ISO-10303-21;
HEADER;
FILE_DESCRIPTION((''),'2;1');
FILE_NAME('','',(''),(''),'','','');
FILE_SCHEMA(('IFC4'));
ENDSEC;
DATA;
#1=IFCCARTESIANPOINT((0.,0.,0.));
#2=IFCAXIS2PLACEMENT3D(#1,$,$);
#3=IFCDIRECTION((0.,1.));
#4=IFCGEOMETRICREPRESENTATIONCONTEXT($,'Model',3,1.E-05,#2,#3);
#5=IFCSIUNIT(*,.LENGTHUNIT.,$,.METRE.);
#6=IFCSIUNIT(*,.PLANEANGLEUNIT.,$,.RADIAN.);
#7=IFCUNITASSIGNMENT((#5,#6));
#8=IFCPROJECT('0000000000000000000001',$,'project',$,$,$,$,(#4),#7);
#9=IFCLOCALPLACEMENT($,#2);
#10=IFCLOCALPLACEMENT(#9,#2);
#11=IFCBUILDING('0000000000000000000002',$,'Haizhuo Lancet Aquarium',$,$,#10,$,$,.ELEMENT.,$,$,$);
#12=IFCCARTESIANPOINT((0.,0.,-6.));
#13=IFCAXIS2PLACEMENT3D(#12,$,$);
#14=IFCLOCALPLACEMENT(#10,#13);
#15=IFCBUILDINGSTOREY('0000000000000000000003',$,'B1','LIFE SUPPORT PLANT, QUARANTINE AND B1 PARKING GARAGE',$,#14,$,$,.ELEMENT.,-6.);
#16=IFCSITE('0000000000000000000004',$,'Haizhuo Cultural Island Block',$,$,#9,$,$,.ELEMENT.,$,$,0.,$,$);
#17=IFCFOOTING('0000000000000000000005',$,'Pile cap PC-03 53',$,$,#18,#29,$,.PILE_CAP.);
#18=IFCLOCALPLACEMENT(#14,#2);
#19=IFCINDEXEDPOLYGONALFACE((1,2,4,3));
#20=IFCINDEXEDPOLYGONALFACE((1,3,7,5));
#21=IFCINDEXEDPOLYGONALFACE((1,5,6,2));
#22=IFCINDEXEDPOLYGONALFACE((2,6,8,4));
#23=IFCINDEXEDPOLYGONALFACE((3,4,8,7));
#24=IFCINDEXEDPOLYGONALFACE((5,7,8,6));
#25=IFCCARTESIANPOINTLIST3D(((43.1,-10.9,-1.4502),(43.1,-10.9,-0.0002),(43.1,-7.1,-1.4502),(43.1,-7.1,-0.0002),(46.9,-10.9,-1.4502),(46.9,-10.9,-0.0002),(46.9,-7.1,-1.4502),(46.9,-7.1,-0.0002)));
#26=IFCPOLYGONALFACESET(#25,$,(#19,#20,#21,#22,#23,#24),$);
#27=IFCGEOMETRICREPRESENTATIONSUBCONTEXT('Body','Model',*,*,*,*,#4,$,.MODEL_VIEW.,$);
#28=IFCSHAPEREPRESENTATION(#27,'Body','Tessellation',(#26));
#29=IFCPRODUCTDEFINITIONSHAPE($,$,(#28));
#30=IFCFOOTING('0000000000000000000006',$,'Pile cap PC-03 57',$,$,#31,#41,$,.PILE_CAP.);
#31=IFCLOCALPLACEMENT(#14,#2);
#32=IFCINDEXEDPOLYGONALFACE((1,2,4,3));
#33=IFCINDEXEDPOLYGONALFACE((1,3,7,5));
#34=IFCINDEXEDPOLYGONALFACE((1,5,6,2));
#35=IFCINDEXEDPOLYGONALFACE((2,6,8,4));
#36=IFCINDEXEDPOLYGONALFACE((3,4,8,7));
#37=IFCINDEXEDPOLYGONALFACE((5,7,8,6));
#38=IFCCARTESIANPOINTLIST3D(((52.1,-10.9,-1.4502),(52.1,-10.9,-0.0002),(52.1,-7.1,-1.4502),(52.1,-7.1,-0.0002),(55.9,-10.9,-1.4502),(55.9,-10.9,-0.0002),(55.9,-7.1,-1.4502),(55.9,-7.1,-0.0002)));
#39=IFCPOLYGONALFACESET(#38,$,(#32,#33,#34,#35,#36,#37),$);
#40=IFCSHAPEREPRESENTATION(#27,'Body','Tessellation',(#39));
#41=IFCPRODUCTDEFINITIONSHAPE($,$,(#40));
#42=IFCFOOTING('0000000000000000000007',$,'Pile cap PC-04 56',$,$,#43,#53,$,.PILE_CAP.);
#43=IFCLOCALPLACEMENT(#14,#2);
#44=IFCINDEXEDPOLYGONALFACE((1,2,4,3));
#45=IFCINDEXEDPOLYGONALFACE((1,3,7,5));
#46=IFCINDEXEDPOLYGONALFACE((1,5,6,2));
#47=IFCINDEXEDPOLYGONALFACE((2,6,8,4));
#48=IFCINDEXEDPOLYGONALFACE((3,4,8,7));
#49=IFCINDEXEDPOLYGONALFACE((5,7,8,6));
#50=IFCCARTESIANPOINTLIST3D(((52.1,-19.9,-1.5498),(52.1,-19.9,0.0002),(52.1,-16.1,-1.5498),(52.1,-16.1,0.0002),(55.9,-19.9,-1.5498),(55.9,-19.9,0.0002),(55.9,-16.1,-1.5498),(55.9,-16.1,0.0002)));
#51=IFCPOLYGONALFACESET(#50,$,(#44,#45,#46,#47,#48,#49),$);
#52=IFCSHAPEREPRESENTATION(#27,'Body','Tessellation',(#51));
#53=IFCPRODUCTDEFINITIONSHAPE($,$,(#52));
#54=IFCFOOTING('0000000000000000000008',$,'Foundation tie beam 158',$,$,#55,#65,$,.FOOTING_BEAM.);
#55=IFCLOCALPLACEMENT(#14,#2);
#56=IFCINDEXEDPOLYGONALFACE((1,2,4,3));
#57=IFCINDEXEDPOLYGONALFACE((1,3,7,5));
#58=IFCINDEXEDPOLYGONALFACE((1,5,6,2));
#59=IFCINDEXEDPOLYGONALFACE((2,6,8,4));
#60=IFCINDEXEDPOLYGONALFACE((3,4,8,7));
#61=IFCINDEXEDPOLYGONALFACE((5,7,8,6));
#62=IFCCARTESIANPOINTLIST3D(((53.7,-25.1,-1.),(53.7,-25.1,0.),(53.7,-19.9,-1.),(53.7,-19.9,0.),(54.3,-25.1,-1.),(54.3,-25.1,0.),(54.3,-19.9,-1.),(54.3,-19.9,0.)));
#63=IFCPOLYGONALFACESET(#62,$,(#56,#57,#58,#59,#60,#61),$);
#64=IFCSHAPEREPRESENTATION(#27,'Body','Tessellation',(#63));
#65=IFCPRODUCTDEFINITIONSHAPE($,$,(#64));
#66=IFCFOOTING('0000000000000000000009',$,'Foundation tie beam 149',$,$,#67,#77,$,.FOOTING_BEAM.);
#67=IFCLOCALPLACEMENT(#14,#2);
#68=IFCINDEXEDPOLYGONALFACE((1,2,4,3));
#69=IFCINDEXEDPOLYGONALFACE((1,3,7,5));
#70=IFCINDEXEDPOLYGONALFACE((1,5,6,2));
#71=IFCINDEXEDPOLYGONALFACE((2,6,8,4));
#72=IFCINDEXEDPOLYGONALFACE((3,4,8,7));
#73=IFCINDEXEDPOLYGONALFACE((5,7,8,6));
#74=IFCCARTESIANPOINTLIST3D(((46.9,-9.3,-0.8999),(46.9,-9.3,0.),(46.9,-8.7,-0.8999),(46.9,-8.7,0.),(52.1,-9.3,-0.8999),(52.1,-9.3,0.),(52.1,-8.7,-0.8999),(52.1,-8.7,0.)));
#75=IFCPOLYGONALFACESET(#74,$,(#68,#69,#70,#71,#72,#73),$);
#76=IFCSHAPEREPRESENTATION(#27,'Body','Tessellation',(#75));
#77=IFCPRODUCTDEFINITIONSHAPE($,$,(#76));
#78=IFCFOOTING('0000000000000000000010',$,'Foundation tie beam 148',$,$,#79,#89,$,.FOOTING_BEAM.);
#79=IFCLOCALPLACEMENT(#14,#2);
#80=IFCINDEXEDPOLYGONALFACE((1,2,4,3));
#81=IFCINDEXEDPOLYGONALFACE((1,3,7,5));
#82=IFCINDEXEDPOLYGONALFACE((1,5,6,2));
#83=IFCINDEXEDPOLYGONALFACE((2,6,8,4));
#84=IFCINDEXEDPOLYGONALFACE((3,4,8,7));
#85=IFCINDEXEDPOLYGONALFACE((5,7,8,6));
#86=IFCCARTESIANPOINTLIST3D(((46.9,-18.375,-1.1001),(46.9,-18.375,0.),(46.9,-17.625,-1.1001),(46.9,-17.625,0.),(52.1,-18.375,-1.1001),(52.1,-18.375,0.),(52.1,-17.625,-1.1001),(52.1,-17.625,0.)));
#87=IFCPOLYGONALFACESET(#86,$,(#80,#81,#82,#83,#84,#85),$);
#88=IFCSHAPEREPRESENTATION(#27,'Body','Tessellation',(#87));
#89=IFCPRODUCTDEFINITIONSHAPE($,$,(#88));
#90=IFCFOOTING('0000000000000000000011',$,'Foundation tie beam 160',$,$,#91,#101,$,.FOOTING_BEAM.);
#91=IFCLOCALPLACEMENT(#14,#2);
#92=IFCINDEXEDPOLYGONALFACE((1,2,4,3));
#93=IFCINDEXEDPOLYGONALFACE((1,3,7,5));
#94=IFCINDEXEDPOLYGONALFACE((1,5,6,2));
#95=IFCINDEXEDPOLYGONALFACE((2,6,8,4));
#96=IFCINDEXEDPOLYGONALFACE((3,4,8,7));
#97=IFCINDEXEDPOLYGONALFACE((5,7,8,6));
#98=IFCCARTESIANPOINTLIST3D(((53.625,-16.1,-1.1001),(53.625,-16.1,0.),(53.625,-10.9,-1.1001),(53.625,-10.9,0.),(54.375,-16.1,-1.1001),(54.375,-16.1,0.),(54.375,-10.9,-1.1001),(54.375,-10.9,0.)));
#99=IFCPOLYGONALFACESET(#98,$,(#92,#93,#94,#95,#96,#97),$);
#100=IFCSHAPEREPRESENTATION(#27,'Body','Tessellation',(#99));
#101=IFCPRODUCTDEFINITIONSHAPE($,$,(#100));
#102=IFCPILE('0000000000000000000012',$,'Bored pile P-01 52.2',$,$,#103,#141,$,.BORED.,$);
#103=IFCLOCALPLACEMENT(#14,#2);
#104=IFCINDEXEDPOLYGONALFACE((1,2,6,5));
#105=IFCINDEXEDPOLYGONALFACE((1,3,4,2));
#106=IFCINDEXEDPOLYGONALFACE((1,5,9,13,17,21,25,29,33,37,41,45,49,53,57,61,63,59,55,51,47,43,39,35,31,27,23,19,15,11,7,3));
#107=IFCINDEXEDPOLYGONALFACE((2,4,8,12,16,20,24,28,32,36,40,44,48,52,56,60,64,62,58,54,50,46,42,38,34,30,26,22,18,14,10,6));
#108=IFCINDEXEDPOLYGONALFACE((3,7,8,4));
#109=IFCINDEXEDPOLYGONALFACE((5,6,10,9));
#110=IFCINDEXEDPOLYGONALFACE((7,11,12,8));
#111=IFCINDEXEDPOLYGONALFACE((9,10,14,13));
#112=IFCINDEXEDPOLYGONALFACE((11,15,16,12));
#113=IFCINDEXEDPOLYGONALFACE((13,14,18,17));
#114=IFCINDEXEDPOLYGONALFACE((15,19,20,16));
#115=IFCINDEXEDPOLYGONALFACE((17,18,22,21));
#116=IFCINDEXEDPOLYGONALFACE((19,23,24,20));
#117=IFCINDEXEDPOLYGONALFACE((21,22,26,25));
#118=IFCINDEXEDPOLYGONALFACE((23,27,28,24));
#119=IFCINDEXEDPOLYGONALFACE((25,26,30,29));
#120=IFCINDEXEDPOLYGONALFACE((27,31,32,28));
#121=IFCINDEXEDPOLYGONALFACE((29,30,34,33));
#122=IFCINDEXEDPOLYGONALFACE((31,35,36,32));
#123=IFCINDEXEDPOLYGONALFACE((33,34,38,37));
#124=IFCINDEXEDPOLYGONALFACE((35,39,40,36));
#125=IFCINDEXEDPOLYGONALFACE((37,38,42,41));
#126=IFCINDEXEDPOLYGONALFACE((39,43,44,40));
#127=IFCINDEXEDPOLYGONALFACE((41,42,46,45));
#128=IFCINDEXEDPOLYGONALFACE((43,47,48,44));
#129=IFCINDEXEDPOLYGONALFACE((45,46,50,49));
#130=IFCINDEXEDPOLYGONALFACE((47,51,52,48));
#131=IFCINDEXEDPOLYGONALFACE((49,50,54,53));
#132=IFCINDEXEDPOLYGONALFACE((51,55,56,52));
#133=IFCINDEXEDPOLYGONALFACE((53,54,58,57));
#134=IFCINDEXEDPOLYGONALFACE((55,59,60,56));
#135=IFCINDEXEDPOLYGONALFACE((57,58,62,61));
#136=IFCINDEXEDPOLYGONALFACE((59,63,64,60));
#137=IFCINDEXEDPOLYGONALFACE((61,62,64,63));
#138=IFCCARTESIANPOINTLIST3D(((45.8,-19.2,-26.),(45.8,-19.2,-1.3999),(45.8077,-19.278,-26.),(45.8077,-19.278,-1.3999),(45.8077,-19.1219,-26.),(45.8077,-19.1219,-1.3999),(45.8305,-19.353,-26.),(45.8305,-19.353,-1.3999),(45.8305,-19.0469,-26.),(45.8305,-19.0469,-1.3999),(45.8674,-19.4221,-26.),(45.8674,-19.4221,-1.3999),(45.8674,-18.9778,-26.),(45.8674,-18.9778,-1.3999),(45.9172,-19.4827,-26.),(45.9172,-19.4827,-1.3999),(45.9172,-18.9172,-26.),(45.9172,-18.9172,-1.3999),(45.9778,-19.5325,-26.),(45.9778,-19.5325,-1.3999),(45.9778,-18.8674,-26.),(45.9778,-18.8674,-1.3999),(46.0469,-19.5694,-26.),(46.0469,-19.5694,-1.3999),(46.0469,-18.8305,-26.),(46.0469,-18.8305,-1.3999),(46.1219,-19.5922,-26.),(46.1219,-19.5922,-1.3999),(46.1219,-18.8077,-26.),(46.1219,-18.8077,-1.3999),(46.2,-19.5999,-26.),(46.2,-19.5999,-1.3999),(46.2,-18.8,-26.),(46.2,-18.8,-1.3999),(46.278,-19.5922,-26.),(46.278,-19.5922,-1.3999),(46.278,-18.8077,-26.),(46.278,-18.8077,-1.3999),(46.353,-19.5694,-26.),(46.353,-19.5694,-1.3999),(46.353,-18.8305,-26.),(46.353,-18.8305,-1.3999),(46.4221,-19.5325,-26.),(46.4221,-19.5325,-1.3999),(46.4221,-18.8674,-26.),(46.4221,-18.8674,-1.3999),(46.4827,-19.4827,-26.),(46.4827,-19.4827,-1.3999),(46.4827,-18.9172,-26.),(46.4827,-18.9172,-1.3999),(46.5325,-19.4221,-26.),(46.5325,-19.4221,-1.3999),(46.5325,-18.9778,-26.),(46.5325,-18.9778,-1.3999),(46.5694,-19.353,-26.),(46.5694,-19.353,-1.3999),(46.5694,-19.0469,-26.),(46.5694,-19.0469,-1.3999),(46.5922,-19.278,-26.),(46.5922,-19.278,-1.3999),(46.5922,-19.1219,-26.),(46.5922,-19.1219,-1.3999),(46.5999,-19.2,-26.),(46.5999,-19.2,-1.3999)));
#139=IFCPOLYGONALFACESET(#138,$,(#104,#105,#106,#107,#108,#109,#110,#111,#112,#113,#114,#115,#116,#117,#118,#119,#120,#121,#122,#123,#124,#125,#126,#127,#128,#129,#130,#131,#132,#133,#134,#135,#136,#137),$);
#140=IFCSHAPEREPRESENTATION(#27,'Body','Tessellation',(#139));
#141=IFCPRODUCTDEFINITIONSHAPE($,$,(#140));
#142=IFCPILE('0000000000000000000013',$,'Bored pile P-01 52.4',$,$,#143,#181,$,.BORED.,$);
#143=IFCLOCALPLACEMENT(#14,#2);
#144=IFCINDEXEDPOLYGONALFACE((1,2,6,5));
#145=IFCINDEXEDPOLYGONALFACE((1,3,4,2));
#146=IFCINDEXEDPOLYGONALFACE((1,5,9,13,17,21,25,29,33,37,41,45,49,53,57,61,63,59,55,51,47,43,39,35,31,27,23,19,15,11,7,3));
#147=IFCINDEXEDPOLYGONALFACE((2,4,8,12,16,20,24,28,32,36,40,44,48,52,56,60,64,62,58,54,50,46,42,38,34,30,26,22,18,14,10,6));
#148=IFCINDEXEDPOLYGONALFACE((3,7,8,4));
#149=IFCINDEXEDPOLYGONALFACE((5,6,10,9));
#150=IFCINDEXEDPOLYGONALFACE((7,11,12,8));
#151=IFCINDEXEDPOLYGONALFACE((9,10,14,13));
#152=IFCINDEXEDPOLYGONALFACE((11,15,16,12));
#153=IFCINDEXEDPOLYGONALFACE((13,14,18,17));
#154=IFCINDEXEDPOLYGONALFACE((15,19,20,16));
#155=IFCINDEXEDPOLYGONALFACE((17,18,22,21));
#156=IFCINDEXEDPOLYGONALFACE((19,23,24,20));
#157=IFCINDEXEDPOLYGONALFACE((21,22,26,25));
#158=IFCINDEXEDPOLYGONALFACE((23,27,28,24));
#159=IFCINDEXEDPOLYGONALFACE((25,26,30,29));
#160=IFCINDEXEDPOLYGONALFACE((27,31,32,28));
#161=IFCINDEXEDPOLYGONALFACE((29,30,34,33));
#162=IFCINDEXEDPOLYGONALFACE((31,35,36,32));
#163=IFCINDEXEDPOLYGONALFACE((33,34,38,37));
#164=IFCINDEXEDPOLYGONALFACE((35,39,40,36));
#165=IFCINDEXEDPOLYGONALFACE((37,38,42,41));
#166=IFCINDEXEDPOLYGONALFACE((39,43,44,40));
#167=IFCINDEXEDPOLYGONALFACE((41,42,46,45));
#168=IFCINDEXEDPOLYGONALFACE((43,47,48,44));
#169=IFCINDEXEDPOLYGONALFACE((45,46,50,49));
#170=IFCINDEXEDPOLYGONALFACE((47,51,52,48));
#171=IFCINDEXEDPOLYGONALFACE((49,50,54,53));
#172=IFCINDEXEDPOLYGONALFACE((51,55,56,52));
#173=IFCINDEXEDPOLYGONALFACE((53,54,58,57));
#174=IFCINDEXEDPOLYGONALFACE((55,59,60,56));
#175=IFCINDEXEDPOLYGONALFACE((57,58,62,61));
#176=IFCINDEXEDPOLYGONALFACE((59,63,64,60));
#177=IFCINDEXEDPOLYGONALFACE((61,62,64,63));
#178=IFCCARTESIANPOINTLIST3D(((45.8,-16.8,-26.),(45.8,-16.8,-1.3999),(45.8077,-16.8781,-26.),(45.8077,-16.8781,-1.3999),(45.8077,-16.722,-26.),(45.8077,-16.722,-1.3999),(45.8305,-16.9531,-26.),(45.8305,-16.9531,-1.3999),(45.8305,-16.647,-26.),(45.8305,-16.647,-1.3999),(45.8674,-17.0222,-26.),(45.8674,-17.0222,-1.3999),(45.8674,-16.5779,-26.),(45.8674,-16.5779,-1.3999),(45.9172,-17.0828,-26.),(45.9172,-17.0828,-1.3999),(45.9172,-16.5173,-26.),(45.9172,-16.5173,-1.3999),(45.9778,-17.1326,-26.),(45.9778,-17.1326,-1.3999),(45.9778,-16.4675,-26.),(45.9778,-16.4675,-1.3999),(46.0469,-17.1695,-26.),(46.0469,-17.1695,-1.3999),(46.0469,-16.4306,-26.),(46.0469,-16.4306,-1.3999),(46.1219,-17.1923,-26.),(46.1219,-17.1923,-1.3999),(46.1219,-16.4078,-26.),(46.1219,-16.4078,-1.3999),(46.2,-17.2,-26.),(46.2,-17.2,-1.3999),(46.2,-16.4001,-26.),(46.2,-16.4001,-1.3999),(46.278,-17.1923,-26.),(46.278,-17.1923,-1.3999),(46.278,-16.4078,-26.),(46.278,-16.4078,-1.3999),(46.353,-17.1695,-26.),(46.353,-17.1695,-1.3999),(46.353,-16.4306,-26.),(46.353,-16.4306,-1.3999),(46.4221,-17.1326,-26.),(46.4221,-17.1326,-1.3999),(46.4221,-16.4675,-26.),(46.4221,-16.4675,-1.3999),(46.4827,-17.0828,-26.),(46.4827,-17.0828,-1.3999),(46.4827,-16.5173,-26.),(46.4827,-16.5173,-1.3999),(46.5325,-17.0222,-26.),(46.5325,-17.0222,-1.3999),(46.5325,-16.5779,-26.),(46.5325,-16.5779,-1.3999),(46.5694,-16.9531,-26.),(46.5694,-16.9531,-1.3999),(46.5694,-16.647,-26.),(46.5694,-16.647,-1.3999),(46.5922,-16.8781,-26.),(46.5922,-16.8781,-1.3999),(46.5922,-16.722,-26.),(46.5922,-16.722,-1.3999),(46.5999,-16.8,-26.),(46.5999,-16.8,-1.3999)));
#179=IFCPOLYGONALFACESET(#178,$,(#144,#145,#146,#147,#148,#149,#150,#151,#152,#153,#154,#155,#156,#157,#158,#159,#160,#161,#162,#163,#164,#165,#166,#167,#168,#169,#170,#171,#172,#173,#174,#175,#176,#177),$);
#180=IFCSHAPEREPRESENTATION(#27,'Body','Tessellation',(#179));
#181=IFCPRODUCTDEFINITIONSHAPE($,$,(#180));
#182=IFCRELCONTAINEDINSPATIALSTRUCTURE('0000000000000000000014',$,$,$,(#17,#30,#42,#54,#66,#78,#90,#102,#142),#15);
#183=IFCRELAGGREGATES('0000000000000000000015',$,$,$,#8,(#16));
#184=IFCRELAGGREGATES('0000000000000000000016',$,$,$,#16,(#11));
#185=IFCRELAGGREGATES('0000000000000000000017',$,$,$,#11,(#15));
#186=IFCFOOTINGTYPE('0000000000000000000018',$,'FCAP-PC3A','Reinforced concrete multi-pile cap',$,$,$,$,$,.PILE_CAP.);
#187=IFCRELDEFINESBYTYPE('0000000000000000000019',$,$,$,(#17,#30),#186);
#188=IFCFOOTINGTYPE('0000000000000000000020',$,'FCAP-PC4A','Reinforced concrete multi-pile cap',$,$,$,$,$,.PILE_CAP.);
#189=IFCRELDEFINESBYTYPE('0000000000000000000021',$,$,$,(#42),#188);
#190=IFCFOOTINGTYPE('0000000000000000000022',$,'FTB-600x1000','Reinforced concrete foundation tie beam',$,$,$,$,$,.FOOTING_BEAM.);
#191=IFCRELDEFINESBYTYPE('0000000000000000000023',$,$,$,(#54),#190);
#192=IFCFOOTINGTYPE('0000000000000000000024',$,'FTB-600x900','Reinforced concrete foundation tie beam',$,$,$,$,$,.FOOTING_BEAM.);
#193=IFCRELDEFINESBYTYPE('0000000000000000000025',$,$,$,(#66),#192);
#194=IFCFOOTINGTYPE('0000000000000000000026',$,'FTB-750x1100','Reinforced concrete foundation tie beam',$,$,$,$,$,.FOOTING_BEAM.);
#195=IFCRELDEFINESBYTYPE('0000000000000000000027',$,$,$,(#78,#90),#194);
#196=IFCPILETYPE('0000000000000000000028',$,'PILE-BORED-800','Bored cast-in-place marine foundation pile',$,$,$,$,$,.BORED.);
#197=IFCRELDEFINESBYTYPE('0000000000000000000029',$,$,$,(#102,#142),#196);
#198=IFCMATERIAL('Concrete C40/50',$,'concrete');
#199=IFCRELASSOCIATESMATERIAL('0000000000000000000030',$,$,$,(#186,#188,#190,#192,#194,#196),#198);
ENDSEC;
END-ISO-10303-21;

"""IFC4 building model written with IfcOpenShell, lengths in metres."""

from ifc_helpers import new_model, si_unit, direction, frame, origin, origin_2d, place, context, subcontext, project, spatial, rectangle, circle, extrude, material, material_profile, profile_set, type_object, element, save


model = new_model("IFC4")

# Units and contexts
model_context = context("Model", 3, precision=1e-05, world=origin(), true_north=direction((0.0, 1.0)))
body_context = subcontext(model_context, "Body", "Model", "MODEL_VIEW")
ifc_project = project(units=[si_unit("LENGTHUNIT", "METRE"), si_unit("PLANEANGLEUNIT", "RADIAN")], contexts=[model_context])

# Site, building, storey
site_placement = place(None, origin())
site = spatial("IfcSite", under=ifc_project, at=site_placement, Name="Haizhuo Cultural Island Block", CompositionType="ELEMENT", RefElevation=0.0)
building_placement = place(site_placement, origin())
building = spatial("IfcBuilding", under=site, at=building_placement, Name="Haizhuo Lancet Aquarium", CompositionType="ELEMENT")
storey_placement = place(building_placement, frame((0.0, 0.0, -6.0)))
storey = spatial("IfcBuildingStorey", under=building, at=storey_placement, Name="B1", Description="LIFE SUPPORT PLANT, QUARANTINE AND B1 PARKING GARAGE", CompositionType="ELEMENT", Elevation=-6.0)

# Footings
ifc_material_1 = material(Name="Concrete C40/50", Category="concrete")
footing_type_1 = type_object("IfcFootingType", Name="FCAP-PC3A", Description="Reinforced concrete multi-pile cap", PredefinedType="PILE_CAP", material=ifc_material_1)
for number, where, z_axis, x_axis, name in (
    (1, (45.0, -9.0, -1.4502), (0.0, 0.0, 1.0), (1.0, 0.0, 0.0), "Pile cap PC-03 53"),
    (2, (54.0, -9.0, -1.4502), (0.0, 0.0, 1.0), (1.0, 0.0, 0.0), "Pile cap PC-03 57"),
):
    element("IfcFooting", number, at=place(storey_placement, frame(where, z_axis=z_axis, x_axis=x_axis)), inside=storey, type_object=footing_type_1, Name=name, PredefinedType="PILE_CAP", context=body_context, shape_type="SweptSolid", body=[
        extrude(rectangle(XDim=3.8, YDim=3.8, at=origin_2d()), origin(), (0.0, 0.0, 1.0), 1.45),
    ])
footing_type_2 = type_object("IfcFootingType", Name="FCAP-PC4A", Description="Reinforced concrete multi-pile cap", PredefinedType="PILE_CAP", material=ifc_material_1)
footing_1_placement = place(storey_placement, frame((54.0, -18.0, -1.5498), z_axis=(0.0, 0.0, 1.0), x_axis=(1.0, 0.0, 0.0)))
element("IfcFooting", 3, at=footing_1_placement, inside=storey, type_object=footing_type_2, Name="Pile cap PC-04 56", PredefinedType="PILE_CAP", context=body_context, shape_type="SweptSolid", body=[
    extrude(rectangle(XDim=3.8, YDim=3.8, at=origin_2d()), origin(), (0.0, 0.0, 1.0), 1.55),
])
footing_type_3 = type_object("IfcFootingType", Name="FTB-600x1000", Description="Reinforced concrete foundation tie beam", PredefinedType="FOOTING_BEAM", material=ifc_material_1)
footing_2_placement = place(storey_placement, frame((54.0, -22.5, -1.0), z_axis=(0.0, 0.0, 1.0), x_axis=(0.0, 1.0, 0.0)))
element("IfcFooting", 4, at=footing_2_placement, inside=storey, type_object=footing_type_3, Name="Foundation tie beam 158", PredefinedType="FOOTING_BEAM", context=body_context, shape_type="SweptSolid", body=[
    extrude(rectangle(XDim=5.2, YDim=0.6001, at=origin_2d()), origin(), (0.0, 0.0, 1.0), 1.0),
])
footing_type_4 = type_object("IfcFootingType", Name="FTB-600x900", Description="Reinforced concrete foundation tie beam", PredefinedType="FOOTING_BEAM", material=ifc_material_1)
footing_3_placement = place(storey_placement, frame((49.5, -9.0, -0.8999), z_axis=(0.0, 0.0, 1.0), x_axis=(1.0, 0.0, 0.0)))
element("IfcFooting", 5, at=footing_3_placement, inside=storey, type_object=footing_type_4, Name="Foundation tie beam 149", PredefinedType="FOOTING_BEAM", context=body_context, shape_type="SweptSolid", body=[
    extrude(rectangle(XDim=5.2, YDim=0.6001, at=origin_2d()), origin(), (0.0, 0.0, 1.0), 0.8999),
])
footing_type_5 = type_object("IfcFootingType", Name="FTB-750x1100", Description="Reinforced concrete foundation tie beam", PredefinedType="FOOTING_BEAM", material=ifc_material_1)
for number, where, z_axis, x_axis, name in (
    (6, (49.5, -18.0, -1.1001), (0.0, 0.0, 1.0), (1.0, 0.0, 0.0), "Foundation tie beam 148"),
    (7, (54.0, -13.5, -1.1001), (0.0, 0.0, 1.0), (0.0, 1.0, 0.0), "Foundation tie beam 160"),
):
    element("IfcFooting", number, at=place(storey_placement, frame(where, z_axis=z_axis, x_axis=x_axis)), inside=storey, type_object=footing_type_5, Name=name, PredefinedType="FOOTING_BEAM", context=body_context, shape_type="SweptSolid", body=[
        extrude(rectangle(XDim=5.2, YDim=0.75, at=origin_2d()), origin(), (0.0, 0.0, 1.0), 1.1001),
    ])

# Piles
ifc_material_profile_1 = material_profile(ifc_material_1, circle(Radius=0.3999, at=origin_2d()), Name="PILE-800")
ifc_profile_set_1 = profile_set([ifc_material_profile_1], Name="Concrete C40/50")
pile_type = type_object("IfcPileType", Name="PILE-BORED-800", Description="Bored cast-in-place marine foundation pile", PredefinedType="BORED", material=ifc_profile_set_1)
for number, where, z_axis, x_axis, name in (
    (8, (46.2, -19.2, -1.3999), (0.0, 0.0, -1.0), (1.0, 0.0, 0.0), "Bored pile P-01 52.2"),
    (9, (46.2, -16.8, -1.3999), (0.0, 0.0, -1.0), (1.0, 0.0, 0.0), "Bored pile P-01 52.4"),
):
    element("IfcPile", number, at=place(storey_placement, frame(where, z_axis=z_axis, x_axis=x_axis)), inside=storey, type_object=pile_type, Name=name, PredefinedType="BORED", context=body_context, shape_type="SweptSolid", body=[
        extrude(circle(Radius=0.3999, at=origin_2d()), origin(), (0.0, 0.0, 1.0), 24.6001),
    ])

save(model, "model.ifc")
